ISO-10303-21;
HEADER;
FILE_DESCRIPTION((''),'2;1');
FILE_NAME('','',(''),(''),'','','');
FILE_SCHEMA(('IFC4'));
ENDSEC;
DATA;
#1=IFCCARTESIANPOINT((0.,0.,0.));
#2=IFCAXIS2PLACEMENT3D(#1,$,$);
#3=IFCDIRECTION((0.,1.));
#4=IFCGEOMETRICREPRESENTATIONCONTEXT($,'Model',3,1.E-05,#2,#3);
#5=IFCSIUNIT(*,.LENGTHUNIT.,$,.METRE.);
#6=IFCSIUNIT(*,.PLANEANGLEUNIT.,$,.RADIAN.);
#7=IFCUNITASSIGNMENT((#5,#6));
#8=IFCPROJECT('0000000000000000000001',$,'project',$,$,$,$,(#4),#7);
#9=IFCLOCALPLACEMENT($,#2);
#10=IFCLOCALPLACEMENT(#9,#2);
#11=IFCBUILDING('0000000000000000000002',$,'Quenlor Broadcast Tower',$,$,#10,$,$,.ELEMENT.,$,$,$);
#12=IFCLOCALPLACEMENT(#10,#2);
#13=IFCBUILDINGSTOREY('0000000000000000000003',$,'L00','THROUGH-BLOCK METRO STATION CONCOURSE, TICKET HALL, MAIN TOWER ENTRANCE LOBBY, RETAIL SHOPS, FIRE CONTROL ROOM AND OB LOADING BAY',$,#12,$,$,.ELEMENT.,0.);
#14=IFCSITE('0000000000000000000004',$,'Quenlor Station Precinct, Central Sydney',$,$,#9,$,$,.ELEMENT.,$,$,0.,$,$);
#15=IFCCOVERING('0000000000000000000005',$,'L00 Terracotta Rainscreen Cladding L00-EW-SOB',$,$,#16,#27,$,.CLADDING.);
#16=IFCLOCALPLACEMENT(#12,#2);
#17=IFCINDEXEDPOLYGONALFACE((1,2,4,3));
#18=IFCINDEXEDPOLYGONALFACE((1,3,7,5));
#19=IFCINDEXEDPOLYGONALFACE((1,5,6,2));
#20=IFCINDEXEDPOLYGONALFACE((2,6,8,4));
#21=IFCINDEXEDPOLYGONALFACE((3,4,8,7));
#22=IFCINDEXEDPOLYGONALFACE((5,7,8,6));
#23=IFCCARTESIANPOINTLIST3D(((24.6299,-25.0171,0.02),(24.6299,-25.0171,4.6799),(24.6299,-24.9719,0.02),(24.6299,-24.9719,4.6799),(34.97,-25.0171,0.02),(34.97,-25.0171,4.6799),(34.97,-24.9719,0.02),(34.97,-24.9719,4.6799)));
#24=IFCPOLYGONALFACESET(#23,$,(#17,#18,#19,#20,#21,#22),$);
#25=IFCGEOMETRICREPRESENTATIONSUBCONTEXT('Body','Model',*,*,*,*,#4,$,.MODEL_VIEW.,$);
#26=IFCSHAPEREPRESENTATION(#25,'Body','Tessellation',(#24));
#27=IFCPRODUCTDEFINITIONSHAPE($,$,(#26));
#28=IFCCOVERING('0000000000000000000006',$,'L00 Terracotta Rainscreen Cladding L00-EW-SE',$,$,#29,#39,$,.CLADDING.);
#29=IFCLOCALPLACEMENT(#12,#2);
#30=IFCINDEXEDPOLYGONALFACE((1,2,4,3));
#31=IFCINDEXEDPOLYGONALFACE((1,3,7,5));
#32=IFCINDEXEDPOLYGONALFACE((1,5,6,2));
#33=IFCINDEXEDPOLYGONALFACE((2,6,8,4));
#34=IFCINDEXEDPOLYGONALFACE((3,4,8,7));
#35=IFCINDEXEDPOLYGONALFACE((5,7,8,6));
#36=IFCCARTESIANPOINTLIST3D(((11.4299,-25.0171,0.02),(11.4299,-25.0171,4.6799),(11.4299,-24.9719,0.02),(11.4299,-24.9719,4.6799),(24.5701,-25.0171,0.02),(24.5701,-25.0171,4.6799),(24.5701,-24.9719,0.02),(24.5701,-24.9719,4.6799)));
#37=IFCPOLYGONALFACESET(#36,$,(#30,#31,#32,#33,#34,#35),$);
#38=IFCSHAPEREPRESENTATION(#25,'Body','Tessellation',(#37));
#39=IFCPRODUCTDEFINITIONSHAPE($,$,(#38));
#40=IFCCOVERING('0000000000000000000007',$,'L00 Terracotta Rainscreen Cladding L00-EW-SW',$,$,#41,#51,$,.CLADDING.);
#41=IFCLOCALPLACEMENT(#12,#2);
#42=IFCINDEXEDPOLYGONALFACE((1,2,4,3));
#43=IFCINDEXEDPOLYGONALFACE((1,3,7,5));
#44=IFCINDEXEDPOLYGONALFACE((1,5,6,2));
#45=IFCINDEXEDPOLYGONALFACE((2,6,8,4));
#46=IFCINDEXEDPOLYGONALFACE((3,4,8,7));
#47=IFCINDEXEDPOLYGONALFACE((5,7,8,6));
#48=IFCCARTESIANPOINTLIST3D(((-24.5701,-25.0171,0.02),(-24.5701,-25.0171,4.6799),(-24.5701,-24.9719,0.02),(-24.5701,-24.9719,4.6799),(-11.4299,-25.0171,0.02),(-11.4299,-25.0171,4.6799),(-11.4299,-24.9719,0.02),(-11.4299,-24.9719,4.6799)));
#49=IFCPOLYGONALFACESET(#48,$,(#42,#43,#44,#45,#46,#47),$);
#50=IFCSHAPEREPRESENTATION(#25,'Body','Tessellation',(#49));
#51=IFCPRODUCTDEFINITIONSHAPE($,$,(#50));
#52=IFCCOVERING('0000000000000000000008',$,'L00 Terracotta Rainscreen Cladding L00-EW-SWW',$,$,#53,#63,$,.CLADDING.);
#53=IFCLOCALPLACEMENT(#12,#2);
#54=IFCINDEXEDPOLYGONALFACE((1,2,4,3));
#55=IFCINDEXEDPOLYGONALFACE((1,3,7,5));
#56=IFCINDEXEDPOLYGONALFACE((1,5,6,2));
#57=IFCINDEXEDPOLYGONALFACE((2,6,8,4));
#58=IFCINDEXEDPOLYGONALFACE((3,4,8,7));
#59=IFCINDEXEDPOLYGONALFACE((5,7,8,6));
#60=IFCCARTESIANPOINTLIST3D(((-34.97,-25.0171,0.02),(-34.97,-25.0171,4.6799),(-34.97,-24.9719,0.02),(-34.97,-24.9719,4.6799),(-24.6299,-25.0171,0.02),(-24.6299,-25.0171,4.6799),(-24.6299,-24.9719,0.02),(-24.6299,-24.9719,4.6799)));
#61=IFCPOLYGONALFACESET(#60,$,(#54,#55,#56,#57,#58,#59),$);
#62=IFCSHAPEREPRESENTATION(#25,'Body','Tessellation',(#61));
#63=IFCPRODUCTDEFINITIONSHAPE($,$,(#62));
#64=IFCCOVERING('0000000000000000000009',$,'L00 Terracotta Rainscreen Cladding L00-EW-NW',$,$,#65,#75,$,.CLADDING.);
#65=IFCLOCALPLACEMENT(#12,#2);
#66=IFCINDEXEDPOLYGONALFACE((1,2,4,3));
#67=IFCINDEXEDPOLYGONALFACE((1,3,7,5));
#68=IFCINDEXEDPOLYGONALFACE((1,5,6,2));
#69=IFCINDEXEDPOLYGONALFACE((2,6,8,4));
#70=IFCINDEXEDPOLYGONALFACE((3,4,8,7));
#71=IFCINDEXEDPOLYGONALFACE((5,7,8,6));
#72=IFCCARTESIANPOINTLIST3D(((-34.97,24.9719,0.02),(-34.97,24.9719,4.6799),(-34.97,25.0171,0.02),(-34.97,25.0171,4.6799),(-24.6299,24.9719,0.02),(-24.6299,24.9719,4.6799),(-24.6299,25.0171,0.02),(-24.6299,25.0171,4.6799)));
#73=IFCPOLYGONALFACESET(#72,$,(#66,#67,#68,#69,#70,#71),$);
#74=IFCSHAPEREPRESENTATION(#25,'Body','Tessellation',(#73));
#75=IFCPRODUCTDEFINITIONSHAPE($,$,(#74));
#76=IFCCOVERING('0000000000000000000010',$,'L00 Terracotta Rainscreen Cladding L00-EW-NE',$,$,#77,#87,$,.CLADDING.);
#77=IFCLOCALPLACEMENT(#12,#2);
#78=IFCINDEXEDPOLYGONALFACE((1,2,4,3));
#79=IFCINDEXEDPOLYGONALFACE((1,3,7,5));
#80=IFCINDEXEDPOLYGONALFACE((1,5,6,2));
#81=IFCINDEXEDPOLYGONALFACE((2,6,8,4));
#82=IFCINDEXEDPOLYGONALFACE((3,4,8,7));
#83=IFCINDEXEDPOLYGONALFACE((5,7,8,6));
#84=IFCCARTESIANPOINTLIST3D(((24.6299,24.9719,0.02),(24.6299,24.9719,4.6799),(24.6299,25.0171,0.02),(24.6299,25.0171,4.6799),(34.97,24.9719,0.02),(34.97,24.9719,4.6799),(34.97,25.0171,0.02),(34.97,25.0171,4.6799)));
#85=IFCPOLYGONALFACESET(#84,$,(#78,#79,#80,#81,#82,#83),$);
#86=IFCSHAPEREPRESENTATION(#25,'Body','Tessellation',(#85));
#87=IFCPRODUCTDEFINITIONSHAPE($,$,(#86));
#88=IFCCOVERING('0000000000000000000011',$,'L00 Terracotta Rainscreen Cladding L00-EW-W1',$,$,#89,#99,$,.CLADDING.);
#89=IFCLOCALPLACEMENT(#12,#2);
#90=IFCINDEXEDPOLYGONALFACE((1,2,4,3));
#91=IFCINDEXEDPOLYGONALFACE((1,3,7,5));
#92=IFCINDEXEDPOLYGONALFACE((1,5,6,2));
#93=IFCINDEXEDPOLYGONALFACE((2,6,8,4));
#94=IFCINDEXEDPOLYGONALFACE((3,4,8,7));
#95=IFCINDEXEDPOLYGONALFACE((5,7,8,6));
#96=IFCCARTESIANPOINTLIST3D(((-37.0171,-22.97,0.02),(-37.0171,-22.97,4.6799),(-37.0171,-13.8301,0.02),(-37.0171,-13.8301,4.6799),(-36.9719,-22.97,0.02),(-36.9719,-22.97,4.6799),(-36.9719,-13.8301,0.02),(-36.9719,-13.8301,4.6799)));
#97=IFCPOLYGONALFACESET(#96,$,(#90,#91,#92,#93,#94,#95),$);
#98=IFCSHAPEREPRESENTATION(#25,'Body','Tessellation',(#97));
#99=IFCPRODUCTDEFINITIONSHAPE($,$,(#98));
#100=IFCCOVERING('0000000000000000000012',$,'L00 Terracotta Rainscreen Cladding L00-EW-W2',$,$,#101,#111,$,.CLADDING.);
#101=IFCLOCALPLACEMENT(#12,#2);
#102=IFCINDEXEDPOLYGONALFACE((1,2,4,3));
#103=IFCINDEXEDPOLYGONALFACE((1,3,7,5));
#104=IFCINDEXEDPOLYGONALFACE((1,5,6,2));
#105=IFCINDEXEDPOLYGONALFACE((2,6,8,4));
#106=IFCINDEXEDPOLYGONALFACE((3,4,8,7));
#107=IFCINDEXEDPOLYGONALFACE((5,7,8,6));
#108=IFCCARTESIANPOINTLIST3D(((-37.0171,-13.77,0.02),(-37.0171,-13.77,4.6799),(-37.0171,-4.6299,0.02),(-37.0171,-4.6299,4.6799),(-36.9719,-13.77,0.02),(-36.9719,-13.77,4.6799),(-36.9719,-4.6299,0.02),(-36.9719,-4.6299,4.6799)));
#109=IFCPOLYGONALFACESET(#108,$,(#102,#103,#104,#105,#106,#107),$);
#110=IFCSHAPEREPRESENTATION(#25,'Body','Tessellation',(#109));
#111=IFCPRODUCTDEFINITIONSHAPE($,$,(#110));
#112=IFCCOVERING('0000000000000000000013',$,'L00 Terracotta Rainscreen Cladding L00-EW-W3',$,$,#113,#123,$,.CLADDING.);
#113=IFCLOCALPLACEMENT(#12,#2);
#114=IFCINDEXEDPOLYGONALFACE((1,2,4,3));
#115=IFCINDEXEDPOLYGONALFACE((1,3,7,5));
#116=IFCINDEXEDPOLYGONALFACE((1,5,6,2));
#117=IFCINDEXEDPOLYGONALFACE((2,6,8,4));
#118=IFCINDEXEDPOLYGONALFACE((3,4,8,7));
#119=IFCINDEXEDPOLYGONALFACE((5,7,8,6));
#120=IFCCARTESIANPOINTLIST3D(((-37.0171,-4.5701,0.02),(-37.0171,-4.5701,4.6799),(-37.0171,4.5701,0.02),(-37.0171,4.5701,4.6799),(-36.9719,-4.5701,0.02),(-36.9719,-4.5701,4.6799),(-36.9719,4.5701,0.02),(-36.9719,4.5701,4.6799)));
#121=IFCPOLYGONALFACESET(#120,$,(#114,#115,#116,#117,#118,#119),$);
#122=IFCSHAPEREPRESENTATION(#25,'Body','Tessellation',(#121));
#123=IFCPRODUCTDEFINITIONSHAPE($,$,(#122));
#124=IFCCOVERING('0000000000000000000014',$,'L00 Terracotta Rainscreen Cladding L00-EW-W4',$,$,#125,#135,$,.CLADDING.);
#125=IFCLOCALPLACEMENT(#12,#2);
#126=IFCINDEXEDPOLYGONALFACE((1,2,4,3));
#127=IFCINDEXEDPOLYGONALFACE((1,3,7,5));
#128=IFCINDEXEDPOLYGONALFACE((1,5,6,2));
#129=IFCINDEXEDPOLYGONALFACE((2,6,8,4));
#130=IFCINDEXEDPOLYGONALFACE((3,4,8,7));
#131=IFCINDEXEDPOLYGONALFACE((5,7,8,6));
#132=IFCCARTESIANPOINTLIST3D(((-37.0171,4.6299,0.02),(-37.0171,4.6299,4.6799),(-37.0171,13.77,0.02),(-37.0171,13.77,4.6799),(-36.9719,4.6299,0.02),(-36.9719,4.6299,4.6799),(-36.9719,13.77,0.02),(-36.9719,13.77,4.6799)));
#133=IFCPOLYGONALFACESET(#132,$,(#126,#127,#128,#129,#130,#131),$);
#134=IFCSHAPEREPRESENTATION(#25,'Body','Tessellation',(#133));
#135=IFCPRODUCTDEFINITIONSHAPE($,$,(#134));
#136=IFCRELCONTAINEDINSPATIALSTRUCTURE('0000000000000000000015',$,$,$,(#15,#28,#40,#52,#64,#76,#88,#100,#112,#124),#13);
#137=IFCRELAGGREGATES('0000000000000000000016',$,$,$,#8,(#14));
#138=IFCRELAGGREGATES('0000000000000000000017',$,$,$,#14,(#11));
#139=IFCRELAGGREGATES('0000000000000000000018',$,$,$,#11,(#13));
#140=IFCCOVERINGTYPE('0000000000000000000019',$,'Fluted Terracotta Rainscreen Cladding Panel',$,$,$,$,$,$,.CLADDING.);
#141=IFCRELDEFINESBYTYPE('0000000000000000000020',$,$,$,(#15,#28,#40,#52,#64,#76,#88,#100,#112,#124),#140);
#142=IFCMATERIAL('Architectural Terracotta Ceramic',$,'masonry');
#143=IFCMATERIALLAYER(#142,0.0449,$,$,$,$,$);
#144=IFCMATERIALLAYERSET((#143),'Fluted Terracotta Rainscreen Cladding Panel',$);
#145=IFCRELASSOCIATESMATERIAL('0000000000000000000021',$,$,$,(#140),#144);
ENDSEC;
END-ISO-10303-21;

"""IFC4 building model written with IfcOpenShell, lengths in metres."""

from ifc_helpers import new_model, si_unit, direction, frame, origin, place, context, subcontext, project, spatial, polyline, outline, extrude, material, layer, layer_set, type_object, element, save


model = new_model("IFC4")

# Units and contexts
model_context = context("Model", 3, precision=1e-05, world=origin(), true_north=direction((0.0, 1.0)))
body_context = subcontext(model_context, "Body", "Model", "MODEL_VIEW")
ifc_project = project(units=[si_unit("LENGTHUNIT", "METRE"), si_unit("PLANEANGLEUNIT", "RADIAN")], contexts=[model_context])

# Site, building, storey
site_placement = place(None, origin())
site = spatial("IfcSite", under=ifc_project, at=site_placement, Name="Quenlor Station Precinct, Central Sydney", CompositionType="ELEMENT", RefElevation=0.0)
building_placement = place(site_placement, origin())
building = spatial("IfcBuilding", under=site, at=building_placement, Name="Quenlor Broadcast Tower", CompositionType="ELEMENT")
storey_placement = place(building_placement, origin())
storey = spatial("IfcBuildingStorey", under=building, at=storey_placement, Name="L00", Description="THROUGH-BLOCK METRO STATION CONCOURSE, TICKET HALL, MAIN TOWER ENTRANCE LOBBY, RETAIL SHOPS, FIRE CONTROL ROOM AND OB LOADING BAY", CompositionType="ELEMENT", Elevation=0.0)

# Coverings
ifc_material_1 = material(Name="Architectural Terracotta Ceramic", Category="masonry")
ifc_layer_1 = layer(ifc_material_1, 0.0449)
ifc_layer_set_1 = layer_set([ifc_layer_1], Name="Fluted Terracotta Rainscreen Cladding Panel")
covering_type = type_object("IfcCoveringType", Name="Fluted Terracotta Rainscreen Cladding Panel", PredefinedType="CLADDING", material=ifc_layer_set_1)
covering_1_placement = place(storey_placement, frame((0.0, 0.0, 0.02)))
element("IfcCovering", 1, at=covering_1_placement, inside=storey, type_object=covering_type, Name="L00 Terracotta Rainscreen Cladding L00-EW-SOB", PredefinedType="CLADDING", context=body_context, shape_type="SweptSolid", body=[
    extrude(outline(polyline([(34.97, -24.9719), (24.6299, -24.9719), (24.6299, -25.0171), (34.97, -25.0171), (34.97, -24.9719)])), origin(), (0.0, 0.0, 1.0), 4.6599),
])
covering_2_placement = place(storey_placement, frame((0.0, 0.0, 0.02)))
element("IfcCovering", 2, at=covering_2_placement, inside=storey, type_object=covering_type, Name="L00 Terracotta Rainscreen Cladding L00-EW-SE", PredefinedType="CLADDING", context=body_context, shape_type="SweptSolid", body=[
    extrude(outline(polyline([(24.5701, -24.9719), (11.4299, -24.9719), (11.4299, -25.0171), (24.5701, -25.0171), (24.5701, -24.9719)])), origin(), (0.0, 0.0, 1.0), 4.6599),
])
covering_3_placement = place(storey_placement, frame((0.0, 0.0, 0.02)))
element("IfcCovering", 3, at=covering_3_placement, inside=storey, type_object=covering_type, Name="L00 Terracotta Rainscreen Cladding L00-EW-SW", PredefinedType="CLADDING", context=body_context, shape_type="SweptSolid", body=[
    extrude(outline(polyline([(-11.4299, -24.9719), (-24.5701, -24.9719), (-24.5701, -25.0171), (-11.4299, -25.0171), (-11.4299, -24.9719)])), origin(), (0.0, 0.0, 1.0), 4.6599),
])
covering_4_placement = place(storey_placement, frame((0.0, 0.0, 0.02)))
element("IfcCovering", 4, at=covering_4_placement, inside=storey, type_object=covering_type, Name="L00 Terracotta Rainscreen Cladding L00-EW-SWW", PredefinedType="CLADDING", context=body_context, shape_type="SweptSolid", body=[
    extrude(outline(polyline([(-24.6299, -24.9719), (-34.97, -24.9719), (-34.97, -25.0171), (-24.6299, -25.0171), (-24.6299, -24.9719)])), origin(), (0.0, 0.0, 1.0), 4.6599),
])
covering_5_placement = place(storey_placement, frame((0.0, 0.0, 0.02)))
element("IfcCovering", 5, at=covering_5_placement, inside=storey, type_object=covering_type, Name="L00 Terracotta Rainscreen Cladding L00-EW-NW", PredefinedType="CLADDING", context=body_context, shape_type="SweptSolid", body=[
    extrude(outline(polyline([(-34.97, 24.9719), (-24.6299, 24.9719), (-24.6299, 25.0171), (-34.97, 25.0171), (-34.97, 24.9719)])), origin(), (0.0, 0.0, 1.0), 4.6599),
])
covering_6_placement = place(storey_placement, frame((0.0, 0.0, 0.02)))
element("IfcCovering", 6, at=covering_6_placement, inside=storey, type_object=covering_type, Name="L00 Terracotta Rainscreen Cladding L00-EW-NE", PredefinedType="CLADDING", context=body_context, shape_type="SweptSolid", body=[
    extrude(outline(polyline([(24.6299, 24.9719), (34.97, 24.9719), (34.97, 25.0171), (24.6299, 25.0171), (24.6299, 24.9719)])), origin(), (0.0, 0.0, 1.0), 4.6599),
])
covering_7_placement = place(storey_placement, frame((0.0, 0.0, 0.02)))
element("IfcCovering", 7, at=covering_7_placement, inside=storey, type_object=covering_type, Name="L00 Terracotta Rainscreen Cladding L00-EW-W1", PredefinedType="CLADDING", context=body_context, shape_type="SweptSolid", body=[
    extrude(outline(polyline([(-36.9719, -22.97), (-36.9719, -13.8301), (-37.0171, -13.8301), (-37.0171, -22.97), (-36.9719, -22.97)])), origin(), (0.0, 0.0, 1.0), 4.6599),
])
covering_8_placement = place(storey_placement, frame((0.0, 0.0, 0.02)))
element("IfcCovering", 8, at=covering_8_placement, inside=storey, type_object=covering_type, Name="L00 Terracotta Rainscreen Cladding L00-EW-W2", PredefinedType="CLADDING", context=body_context, shape_type="SweptSolid", body=[
    extrude(outline(polyline([(-36.9719, -13.77), (-36.9719, -4.6299), (-37.0171, -4.6299), (-37.0171, -13.77), (-36.9719, -13.77)])), origin(), (0.0, 0.0, 1.0), 4.6599),
])
covering_9_placement = place(storey_placement, frame((0.0, 0.0, 0.02)))
element("IfcCovering", 9, at=covering_9_placement, inside=storey, type_object=covering_type, Name="L00 Terracotta Rainscreen Cladding L00-EW-W3", PredefinedType="CLADDING", context=body_context, shape_type="SweptSolid", body=[
    extrude(outline(polyline([(-36.9719, -4.5701), (-36.9719, 4.5701), (-37.0171, 4.5701), (-37.0171, -4.5701), (-36.9719, -4.5701)])), origin(), (0.0, 0.0, 1.0), 4.6599),
])
covering_10_placement = place(storey_placement, frame((0.0, 0.0, 0.02)))
element("IfcCovering", 10, at=covering_10_placement, inside=storey, type_object=covering_type, Name="L00 Terracotta Rainscreen Cladding L00-EW-W4", PredefinedType="CLADDING", context=body_context, shape_type="SweptSolid", body=[
    extrude(outline(polyline([(-36.9719, 4.6299), (-36.9719, 13.77), (-37.0171, 13.77), (-37.0171, 4.6299), (-36.9719, 4.6299)])), origin(), (0.0, 0.0, 1.0), 4.6599),
])

save(model, "model.ifc")
